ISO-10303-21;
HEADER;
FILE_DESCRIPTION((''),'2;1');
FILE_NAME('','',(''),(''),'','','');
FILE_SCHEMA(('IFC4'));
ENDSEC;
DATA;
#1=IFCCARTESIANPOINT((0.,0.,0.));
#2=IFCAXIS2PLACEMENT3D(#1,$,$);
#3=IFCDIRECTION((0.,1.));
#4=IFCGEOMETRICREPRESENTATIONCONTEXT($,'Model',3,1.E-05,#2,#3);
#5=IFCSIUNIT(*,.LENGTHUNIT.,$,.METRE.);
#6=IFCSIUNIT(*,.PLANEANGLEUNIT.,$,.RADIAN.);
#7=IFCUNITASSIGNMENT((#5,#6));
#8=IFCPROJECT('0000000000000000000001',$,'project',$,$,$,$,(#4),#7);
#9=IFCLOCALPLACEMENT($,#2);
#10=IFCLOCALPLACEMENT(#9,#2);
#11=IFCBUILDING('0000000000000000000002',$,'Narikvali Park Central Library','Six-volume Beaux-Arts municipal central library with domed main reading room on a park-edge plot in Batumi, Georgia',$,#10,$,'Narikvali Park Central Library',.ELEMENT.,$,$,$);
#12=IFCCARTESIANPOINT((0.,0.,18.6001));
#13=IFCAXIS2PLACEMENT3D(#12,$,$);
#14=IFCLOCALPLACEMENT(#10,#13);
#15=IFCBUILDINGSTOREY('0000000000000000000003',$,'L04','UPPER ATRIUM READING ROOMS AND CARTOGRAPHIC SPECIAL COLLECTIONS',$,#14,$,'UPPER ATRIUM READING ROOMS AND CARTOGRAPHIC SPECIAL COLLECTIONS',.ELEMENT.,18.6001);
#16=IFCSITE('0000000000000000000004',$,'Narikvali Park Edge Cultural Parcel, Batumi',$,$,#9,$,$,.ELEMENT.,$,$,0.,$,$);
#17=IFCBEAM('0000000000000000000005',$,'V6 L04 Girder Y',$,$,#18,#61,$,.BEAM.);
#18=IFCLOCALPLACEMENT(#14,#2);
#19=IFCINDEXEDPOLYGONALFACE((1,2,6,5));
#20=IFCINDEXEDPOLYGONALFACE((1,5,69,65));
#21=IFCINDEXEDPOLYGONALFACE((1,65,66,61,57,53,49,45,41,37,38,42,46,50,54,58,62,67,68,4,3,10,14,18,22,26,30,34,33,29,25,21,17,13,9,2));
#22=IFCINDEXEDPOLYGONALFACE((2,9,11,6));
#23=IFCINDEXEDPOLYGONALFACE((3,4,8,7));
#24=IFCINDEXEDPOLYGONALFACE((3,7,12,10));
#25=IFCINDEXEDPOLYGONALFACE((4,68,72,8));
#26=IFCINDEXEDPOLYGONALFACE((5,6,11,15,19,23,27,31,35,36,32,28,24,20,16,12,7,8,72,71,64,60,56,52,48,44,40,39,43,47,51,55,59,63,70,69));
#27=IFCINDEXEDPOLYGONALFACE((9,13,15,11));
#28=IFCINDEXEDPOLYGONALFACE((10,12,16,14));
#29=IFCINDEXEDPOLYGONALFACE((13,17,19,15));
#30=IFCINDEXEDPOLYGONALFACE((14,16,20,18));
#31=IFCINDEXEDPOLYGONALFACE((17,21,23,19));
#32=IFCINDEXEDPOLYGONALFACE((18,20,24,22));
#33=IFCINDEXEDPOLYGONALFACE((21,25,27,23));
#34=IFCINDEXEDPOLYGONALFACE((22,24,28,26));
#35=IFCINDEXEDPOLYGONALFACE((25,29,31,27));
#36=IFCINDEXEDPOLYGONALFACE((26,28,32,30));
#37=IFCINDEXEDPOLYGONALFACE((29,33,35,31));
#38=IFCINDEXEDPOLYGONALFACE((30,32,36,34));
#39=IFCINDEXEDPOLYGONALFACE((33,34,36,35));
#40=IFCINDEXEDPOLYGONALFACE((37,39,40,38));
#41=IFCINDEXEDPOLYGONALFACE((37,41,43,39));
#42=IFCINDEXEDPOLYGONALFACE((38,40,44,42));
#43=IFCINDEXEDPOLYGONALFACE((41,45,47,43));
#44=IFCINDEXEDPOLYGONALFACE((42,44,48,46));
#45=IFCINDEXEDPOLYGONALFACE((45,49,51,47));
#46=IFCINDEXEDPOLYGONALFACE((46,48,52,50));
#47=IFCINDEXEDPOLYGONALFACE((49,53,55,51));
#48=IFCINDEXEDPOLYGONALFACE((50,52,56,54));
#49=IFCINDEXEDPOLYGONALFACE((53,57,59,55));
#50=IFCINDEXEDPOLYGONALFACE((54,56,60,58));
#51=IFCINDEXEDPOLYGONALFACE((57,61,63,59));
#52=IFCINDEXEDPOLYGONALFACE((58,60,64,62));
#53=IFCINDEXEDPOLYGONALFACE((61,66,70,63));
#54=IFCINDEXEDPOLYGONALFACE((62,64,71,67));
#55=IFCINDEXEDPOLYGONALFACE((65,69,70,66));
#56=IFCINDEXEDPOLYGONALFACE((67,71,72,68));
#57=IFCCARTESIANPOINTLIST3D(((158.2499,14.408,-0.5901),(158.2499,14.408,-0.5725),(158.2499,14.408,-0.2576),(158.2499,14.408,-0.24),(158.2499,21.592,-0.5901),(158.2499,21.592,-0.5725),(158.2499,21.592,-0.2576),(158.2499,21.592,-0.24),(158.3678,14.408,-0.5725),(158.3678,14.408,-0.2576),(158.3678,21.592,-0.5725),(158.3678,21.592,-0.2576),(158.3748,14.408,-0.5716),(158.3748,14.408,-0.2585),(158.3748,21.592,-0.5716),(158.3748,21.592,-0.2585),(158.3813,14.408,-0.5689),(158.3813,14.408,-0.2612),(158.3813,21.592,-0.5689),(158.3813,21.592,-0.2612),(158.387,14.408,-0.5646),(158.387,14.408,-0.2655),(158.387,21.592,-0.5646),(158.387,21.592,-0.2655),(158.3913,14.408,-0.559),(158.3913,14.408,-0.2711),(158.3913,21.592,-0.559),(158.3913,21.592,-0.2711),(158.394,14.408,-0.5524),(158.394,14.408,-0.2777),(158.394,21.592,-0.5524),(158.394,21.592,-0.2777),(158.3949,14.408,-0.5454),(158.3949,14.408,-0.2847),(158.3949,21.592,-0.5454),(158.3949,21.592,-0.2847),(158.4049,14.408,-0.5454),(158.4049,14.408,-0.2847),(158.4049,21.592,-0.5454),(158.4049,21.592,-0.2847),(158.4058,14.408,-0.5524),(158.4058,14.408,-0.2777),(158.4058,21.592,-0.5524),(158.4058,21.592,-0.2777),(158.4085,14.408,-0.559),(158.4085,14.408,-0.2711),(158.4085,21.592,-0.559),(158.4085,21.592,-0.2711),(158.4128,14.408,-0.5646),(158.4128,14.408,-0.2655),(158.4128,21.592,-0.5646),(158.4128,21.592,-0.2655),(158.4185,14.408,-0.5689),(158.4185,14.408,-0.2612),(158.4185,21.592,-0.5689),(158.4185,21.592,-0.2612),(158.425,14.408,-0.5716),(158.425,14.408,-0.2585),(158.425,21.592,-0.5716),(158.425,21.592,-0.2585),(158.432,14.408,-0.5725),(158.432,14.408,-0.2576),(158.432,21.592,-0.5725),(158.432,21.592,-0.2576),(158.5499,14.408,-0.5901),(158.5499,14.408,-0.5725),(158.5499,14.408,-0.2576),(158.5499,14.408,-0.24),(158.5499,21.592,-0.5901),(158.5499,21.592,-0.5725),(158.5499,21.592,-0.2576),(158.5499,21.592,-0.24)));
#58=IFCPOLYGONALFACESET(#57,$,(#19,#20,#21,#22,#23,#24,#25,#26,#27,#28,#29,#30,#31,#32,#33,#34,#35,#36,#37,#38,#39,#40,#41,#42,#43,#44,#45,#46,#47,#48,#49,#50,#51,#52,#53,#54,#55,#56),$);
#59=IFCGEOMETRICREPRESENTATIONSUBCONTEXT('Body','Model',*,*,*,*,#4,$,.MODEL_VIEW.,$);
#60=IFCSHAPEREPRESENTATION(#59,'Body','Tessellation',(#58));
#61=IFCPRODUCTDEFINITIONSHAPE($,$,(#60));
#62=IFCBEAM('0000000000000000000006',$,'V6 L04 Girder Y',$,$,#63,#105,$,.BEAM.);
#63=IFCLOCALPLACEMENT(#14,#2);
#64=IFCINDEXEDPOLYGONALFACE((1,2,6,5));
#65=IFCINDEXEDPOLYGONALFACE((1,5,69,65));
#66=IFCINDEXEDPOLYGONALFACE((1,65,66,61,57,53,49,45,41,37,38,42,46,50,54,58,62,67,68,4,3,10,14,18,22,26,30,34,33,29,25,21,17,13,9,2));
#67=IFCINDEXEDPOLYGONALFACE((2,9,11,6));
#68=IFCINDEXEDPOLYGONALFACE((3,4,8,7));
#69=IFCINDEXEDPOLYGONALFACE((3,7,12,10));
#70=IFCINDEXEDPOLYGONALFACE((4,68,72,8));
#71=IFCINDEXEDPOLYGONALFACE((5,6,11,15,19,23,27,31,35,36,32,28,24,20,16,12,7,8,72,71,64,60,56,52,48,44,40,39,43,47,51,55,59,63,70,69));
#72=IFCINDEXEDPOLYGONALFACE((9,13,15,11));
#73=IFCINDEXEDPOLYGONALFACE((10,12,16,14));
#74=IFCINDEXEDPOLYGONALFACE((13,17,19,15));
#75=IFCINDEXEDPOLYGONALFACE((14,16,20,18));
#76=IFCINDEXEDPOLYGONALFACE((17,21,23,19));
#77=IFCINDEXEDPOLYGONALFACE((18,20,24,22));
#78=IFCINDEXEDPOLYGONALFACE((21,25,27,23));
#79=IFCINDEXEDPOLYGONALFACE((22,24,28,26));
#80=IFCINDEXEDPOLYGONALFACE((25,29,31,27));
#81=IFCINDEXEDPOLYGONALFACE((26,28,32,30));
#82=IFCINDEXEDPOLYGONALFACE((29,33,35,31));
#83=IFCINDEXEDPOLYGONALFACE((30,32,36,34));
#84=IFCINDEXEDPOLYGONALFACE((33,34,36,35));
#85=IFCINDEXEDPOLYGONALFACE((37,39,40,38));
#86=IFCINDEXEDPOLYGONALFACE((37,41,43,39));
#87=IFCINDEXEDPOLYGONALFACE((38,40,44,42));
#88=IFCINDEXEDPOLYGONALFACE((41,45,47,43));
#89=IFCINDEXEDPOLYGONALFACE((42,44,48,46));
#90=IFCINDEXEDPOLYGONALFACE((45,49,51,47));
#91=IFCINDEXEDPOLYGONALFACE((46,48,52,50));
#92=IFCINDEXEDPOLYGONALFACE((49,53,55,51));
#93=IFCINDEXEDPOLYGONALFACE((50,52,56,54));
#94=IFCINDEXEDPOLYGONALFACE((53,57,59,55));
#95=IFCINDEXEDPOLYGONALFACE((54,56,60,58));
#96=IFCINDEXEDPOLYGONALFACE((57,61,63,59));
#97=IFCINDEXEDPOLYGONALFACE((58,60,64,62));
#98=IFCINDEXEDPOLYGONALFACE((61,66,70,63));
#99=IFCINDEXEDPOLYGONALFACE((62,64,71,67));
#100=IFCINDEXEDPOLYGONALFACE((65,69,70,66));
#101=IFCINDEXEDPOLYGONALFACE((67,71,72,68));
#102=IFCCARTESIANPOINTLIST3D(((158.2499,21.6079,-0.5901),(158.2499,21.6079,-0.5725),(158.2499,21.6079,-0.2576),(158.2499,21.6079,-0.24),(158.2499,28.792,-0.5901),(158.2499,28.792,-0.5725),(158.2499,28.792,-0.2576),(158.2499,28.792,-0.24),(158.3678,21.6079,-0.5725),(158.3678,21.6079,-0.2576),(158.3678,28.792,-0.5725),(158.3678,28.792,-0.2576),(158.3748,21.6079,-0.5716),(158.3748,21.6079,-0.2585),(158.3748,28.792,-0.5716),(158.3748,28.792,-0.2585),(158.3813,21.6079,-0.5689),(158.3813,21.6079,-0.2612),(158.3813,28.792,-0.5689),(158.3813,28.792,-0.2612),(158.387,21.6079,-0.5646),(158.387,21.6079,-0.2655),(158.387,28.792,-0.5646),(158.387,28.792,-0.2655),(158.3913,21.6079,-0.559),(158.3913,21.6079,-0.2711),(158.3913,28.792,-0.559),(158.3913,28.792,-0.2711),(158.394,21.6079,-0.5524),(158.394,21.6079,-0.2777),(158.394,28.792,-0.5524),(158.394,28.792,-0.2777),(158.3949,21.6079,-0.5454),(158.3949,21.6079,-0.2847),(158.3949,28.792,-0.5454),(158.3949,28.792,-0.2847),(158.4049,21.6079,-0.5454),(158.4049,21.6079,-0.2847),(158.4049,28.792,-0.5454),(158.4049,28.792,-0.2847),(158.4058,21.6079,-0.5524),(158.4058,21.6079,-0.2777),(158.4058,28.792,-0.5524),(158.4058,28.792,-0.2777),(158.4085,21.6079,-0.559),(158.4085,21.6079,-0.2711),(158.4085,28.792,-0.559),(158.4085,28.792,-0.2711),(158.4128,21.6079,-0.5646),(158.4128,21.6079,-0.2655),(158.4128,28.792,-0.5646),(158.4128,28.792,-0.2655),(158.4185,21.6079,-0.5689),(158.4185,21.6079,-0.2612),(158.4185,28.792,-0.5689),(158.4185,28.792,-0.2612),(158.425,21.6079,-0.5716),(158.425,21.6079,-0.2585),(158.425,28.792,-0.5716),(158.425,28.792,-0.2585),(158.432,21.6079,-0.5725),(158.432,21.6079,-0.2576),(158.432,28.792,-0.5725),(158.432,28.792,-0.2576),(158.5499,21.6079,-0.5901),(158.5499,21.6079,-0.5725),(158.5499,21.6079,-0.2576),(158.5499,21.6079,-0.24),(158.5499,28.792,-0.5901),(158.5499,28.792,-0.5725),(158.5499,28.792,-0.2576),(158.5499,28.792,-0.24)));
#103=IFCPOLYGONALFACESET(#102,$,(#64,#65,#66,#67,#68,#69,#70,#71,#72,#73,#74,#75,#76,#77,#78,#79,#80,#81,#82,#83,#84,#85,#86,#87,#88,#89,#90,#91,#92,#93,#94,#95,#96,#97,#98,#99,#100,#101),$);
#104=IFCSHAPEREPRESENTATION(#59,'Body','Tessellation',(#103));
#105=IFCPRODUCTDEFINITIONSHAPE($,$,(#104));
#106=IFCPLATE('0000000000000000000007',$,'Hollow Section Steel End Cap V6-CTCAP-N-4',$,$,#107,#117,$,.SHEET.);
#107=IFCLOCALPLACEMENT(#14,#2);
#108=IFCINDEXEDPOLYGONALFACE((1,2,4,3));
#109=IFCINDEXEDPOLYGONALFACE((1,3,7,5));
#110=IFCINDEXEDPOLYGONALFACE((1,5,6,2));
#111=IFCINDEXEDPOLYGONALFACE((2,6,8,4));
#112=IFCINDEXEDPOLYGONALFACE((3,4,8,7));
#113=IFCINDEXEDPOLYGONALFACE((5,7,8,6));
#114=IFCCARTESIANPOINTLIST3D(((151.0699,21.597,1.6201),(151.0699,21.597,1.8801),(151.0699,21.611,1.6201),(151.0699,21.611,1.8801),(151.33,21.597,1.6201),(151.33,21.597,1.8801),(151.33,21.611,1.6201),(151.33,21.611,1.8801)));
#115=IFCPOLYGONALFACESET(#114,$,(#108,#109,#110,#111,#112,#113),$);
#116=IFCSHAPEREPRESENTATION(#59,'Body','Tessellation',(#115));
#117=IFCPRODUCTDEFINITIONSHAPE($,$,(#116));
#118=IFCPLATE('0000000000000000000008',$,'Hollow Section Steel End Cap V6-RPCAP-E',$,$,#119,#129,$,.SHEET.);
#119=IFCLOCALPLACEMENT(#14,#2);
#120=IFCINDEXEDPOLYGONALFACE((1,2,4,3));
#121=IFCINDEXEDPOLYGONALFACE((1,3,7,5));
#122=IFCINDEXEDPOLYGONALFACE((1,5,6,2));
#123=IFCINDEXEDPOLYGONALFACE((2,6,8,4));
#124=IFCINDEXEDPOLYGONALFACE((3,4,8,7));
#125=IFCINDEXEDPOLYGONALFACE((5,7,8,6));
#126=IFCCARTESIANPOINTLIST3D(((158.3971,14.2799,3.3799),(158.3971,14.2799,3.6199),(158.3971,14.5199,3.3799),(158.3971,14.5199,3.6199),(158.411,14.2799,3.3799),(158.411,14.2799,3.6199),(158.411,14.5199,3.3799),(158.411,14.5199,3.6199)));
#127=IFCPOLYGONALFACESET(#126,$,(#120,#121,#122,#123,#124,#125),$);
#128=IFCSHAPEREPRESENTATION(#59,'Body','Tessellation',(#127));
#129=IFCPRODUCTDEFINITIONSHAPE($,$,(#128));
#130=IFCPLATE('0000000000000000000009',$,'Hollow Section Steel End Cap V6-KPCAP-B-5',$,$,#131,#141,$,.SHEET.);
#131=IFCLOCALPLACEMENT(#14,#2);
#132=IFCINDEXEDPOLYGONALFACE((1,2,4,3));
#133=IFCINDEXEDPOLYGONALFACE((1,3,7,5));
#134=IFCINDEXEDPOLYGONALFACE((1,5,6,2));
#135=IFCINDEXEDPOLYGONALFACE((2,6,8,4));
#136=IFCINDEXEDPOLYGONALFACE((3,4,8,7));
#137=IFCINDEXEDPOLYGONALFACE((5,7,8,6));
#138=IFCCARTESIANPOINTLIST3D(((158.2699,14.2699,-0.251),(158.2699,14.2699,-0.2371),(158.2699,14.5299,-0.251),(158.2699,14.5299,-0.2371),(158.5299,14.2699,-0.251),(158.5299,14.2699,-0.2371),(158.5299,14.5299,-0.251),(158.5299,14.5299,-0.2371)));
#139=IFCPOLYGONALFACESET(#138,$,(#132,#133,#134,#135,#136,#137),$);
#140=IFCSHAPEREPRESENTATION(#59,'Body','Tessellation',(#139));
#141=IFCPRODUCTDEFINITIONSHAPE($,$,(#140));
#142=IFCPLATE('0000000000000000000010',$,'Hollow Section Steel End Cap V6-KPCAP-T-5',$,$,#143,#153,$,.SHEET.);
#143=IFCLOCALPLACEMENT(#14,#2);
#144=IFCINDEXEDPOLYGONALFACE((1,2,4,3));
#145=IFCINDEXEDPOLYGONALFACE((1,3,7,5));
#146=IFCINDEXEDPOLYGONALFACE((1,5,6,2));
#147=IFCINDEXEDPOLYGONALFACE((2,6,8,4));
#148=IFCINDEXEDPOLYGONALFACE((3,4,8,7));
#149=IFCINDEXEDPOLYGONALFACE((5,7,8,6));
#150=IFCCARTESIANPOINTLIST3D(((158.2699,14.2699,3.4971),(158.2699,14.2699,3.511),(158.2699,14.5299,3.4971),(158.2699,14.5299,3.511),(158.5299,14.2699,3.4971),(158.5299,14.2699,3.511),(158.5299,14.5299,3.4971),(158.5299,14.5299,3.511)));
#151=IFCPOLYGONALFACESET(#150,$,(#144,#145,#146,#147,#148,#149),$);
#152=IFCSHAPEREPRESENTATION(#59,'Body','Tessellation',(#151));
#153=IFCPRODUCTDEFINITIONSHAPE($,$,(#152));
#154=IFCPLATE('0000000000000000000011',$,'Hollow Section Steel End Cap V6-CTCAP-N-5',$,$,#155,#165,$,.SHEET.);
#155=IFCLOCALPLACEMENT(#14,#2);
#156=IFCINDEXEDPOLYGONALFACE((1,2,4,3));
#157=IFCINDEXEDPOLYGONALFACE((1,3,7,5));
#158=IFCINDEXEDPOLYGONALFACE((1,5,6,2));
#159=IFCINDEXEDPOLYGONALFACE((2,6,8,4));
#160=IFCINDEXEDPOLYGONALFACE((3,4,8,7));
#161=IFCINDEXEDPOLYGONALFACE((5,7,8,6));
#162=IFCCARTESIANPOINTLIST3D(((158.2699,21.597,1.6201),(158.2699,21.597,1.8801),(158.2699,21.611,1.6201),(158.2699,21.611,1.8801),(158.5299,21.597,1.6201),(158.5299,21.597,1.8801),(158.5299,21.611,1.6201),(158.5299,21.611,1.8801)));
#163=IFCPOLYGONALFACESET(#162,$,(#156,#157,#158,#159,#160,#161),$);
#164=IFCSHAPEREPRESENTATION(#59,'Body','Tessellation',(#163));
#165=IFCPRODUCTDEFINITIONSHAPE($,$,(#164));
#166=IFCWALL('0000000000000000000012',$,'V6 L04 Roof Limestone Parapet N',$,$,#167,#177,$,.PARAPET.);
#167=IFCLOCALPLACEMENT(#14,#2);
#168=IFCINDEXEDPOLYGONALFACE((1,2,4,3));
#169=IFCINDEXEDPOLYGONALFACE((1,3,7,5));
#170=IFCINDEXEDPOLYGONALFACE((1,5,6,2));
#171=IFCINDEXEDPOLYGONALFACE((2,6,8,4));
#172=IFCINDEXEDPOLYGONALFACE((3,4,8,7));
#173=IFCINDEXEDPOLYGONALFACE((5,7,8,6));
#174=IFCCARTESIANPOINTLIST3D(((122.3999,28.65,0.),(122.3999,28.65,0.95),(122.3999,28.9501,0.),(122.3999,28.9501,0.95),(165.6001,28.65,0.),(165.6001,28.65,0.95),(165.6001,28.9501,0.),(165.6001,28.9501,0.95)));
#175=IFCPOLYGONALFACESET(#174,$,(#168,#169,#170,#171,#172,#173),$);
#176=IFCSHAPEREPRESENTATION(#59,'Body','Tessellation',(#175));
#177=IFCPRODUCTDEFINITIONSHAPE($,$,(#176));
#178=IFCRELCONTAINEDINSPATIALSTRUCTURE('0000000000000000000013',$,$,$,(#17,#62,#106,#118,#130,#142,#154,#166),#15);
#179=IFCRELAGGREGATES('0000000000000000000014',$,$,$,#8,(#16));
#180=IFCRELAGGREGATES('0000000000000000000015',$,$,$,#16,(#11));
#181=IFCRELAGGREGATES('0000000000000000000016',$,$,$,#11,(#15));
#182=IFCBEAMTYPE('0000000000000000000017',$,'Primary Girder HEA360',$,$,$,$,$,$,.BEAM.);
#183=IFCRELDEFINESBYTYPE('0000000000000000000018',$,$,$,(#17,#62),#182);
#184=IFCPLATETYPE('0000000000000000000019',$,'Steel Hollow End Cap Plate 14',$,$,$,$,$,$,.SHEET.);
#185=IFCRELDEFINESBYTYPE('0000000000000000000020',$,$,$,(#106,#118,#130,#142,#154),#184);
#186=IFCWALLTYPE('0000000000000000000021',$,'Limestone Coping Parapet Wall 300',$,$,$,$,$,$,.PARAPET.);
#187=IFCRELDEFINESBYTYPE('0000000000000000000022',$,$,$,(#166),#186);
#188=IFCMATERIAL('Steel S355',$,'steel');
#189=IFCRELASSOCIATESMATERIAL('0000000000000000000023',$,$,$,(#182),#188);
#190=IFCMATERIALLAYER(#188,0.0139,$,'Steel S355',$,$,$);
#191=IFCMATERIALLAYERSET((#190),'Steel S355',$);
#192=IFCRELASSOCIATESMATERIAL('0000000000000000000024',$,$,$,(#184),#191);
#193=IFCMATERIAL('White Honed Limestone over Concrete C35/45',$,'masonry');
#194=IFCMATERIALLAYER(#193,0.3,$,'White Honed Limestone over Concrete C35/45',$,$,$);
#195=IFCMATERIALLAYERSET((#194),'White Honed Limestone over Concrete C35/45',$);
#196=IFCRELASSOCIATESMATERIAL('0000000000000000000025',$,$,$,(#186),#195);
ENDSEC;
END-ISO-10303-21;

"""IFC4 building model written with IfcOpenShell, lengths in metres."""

from ifc_helpers import new_model, si_unit, direction, frame, frame_2d, origin, origin_2d, place, context, subcontext, project, spatial, rectangle, i_section, extrude, material, layer, layer_set, material_profile, profile_set, type_object, element, save


model = new_model("IFC4")

# Units and contexts
model_context = context("Model", 3, precision=1e-05, world=origin(), true_north=direction((0.0, 1.0)))
body_context = subcontext(model_context, "Body", "Model", "MODEL_VIEW")
ifc_project = project(units=[si_unit("LENGTHUNIT", "METRE"), si_unit("PLANEANGLEUNIT", "RADIAN")], contexts=[model_context])

# Site, building, storey
site_placement = place(None, origin())
site = spatial("IfcSite", under=ifc_project, at=site_placement, Name="Narikvali Park Edge Cultural Parcel, Batumi", CompositionType="ELEMENT", RefElevation=0.0)
building_placement = place(site_placement, origin())
building = spatial("IfcBuilding", under=site, at=building_placement, Name="Narikvali Park Central Library", Description="Six-volume Beaux-Arts municipal central library with domed main reading room on a park-edge plot in Batumi, Georgia", LongName="Narikvali Park Central Library", CompositionType="ELEMENT")
storey_placement = place(building_placement, frame((0.0, 0.0, 18.6001)))
storey = spatial("IfcBuildingStorey", under=building, at=storey_placement, Name="L04", Description="UPPER ATRIUM READING ROOMS AND CARTOGRAPHIC SPECIAL COLLECTIONS", LongName="UPPER ATRIUM READING ROOMS AND CARTOGRAPHIC SPECIAL COLLECTIONS", CompositionType="ELEMENT", Elevation=18.6001)

# Shared definitions
ifc_material_1 = material(Name="Steel S355", Category="steel")

# Beams
ifc_material_profile_1 = material_profile(ifc_material_1, i_section(OverallWidth=0.3, OverallDepth=0.3501, WebThickness=0.01, FlangeThickness=0.0176, FilletRadius=0.0271, at=origin_2d()), Name="HEA 360")
ifc_profile_set_1 = profile_set([ifc_material_profile_1], Name="Steel S355")
beam_type_1 = type_object("IfcBeamType", Name="Primary Girder HEA360", PredefinedType="BEAM", material=ifc_profile_set_1)
for number, where, z_axis, x_axis, name in (
    (1, (158.3999, 14.408, -0.415), (0.0, 1.0, 0.0), (-1.0, 0.0, 0.0), "V6 L04 Girder Y"),
    (2, (158.3999, 21.6079, -0.415), (0.0, 1.0, 0.0), (-1.0, 0.0, 0.0), "V6 L04 Girder Y"),
):
    element("IfcBeam", number, at=place(storey_placement, frame(where, z_axis=z_axis, x_axis=x_axis)), inside=storey, type_object=beam_type_1, Name=name, PredefinedType="BEAM", context=body_context, shape_type="SweptSolid", body=[
        extrude(i_section(OverallWidth=0.3, OverallDepth=0.3501, WebThickness=0.01, FlangeThickness=0.0176, FilletRadius=0.0271, at=origin_2d()), origin(), (0.0, 0.0, 1.0), 7.1841),
    ])

# Plates
ifc_layer_1 = layer(ifc_material_1, 0.0139, Name="Steel S355")
ifc_layer_set_1 = layer_set([ifc_layer_1], Name="Steel S355")
plate_type = type_object("IfcPlateType", Name="Steel Hollow End Cap Plate 14", PredefinedType="SHEET", material=ifc_layer_set_1)
plate_1_placement = place(storey_placement, frame((151.2, 21.604, 1.6201), z_axis=(0.0, 0.0, 1.0), x_axis=(1.0, 0.0, 0.0)))
element("IfcPlate", 3, at=plate_1_placement, inside=storey, type_object=plate_type, Name="Hollow Section Steel End Cap V6-CTCAP-N-4", PredefinedType="SHEET", context=body_context, shape_type="SweptSolid", body=[
    extrude(rectangle(XDim=0.26, YDim=0.0139, at=origin_2d()), origin(), (0.0, 0.0, 1.0), 0.26),
])
plate_2_placement = place(storey_placement, frame((158.4041, 14.3999, 3.3799), z_axis=(0.0, 0.0, 1.0), x_axis=(1.0, 0.0, 0.0)))
element("IfcPlate", 4, at=plate_2_placement, inside=storey, type_object=plate_type, Name="Hollow Section Steel End Cap V6-RPCAP-E", PredefinedType="SHEET", context=body_context, shape_type="SweptSolid", body=[
    extrude(rectangle(XDim=0.0139, YDim=0.24, at=origin_2d()), origin(), (0.0, 0.0, 1.0), 0.24),
])
for number, where, z_axis, x_axis, name in (
    (5, (158.3999, 14.3999, -0.251), (0.0, 0.0, 1.0), (1.0, 0.0, 0.0), "Hollow Section Steel End Cap V6-KPCAP-B-5"),
    (6, (158.3999, 14.3999, 3.4971), (0.0, 0.0, 1.0), (1.0, 0.0, 0.0), "Hollow Section Steel End Cap V6-KPCAP-T-5"),
):
    element("IfcPlate", number, at=place(storey_placement, frame(where, z_axis=z_axis, x_axis=x_axis)), inside=storey, type_object=plate_type, Name=name, PredefinedType="SHEET", context=body_context, shape_type="SweptSolid", body=[
        extrude(rectangle(XDim=0.26, YDim=0.26, at=origin_2d()), origin(), (0.0, 0.0, 1.0), 0.0139),
    ])
plate_3_placement = place(storey_placement, frame((158.3999, 21.604, 1.6201), z_axis=(0.0, 0.0, 1.0), x_axis=(1.0, 0.0, 0.0)))
element("IfcPlate", 7, at=plate_3_placement, inside=storey, type_object=plate_type, Name="Hollow Section Steel End Cap V6-CTCAP-N-5", PredefinedType="SHEET", context=body_context, shape_type="SweptSolid", body=[
    extrude(rectangle(XDim=0.26, YDim=0.0139, at=origin_2d()), origin(), (0.0, 0.0, 1.0), 0.26),
])

# Wall
ifc_material_2 = material(Name="White Honed Limestone over Concrete C35/45", Category="masonry")
ifc_layer_2 = layer(ifc_material_2, 0.3, Name="White Honed Limestone over Concrete C35/45")
ifc_layer_set_2 = layer_set([ifc_layer_2], Name="White Honed Limestone over Concrete C35/45")
wall_type = type_object("IfcWallType", Name="Limestone Coping Parapet Wall 300", PredefinedType="PARAPET", material=ifc_layer_set_2)
wall_placement = place(storey_placement, frame((165.6001, 28.8, 0.0), z_axis=(0.0, 0.0, 1.0), x_axis=(-1.0, 0.0, 0.0)))
element("IfcWall", 8, at=wall_placement, inside=storey, type_object=wall_type, Name="V6 L04 Roof Limestone Parapet N", PredefinedType="PARAPET", context=body_context, shape_type="SweptSolid", body=[
    extrude(rectangle(XDim=43.2002, YDim=0.3, at=frame_2d((21.6001, 0.0))), origin(), (0.0, 0.0, 1.0), 0.95),
])

save(model, "model.ifc")
